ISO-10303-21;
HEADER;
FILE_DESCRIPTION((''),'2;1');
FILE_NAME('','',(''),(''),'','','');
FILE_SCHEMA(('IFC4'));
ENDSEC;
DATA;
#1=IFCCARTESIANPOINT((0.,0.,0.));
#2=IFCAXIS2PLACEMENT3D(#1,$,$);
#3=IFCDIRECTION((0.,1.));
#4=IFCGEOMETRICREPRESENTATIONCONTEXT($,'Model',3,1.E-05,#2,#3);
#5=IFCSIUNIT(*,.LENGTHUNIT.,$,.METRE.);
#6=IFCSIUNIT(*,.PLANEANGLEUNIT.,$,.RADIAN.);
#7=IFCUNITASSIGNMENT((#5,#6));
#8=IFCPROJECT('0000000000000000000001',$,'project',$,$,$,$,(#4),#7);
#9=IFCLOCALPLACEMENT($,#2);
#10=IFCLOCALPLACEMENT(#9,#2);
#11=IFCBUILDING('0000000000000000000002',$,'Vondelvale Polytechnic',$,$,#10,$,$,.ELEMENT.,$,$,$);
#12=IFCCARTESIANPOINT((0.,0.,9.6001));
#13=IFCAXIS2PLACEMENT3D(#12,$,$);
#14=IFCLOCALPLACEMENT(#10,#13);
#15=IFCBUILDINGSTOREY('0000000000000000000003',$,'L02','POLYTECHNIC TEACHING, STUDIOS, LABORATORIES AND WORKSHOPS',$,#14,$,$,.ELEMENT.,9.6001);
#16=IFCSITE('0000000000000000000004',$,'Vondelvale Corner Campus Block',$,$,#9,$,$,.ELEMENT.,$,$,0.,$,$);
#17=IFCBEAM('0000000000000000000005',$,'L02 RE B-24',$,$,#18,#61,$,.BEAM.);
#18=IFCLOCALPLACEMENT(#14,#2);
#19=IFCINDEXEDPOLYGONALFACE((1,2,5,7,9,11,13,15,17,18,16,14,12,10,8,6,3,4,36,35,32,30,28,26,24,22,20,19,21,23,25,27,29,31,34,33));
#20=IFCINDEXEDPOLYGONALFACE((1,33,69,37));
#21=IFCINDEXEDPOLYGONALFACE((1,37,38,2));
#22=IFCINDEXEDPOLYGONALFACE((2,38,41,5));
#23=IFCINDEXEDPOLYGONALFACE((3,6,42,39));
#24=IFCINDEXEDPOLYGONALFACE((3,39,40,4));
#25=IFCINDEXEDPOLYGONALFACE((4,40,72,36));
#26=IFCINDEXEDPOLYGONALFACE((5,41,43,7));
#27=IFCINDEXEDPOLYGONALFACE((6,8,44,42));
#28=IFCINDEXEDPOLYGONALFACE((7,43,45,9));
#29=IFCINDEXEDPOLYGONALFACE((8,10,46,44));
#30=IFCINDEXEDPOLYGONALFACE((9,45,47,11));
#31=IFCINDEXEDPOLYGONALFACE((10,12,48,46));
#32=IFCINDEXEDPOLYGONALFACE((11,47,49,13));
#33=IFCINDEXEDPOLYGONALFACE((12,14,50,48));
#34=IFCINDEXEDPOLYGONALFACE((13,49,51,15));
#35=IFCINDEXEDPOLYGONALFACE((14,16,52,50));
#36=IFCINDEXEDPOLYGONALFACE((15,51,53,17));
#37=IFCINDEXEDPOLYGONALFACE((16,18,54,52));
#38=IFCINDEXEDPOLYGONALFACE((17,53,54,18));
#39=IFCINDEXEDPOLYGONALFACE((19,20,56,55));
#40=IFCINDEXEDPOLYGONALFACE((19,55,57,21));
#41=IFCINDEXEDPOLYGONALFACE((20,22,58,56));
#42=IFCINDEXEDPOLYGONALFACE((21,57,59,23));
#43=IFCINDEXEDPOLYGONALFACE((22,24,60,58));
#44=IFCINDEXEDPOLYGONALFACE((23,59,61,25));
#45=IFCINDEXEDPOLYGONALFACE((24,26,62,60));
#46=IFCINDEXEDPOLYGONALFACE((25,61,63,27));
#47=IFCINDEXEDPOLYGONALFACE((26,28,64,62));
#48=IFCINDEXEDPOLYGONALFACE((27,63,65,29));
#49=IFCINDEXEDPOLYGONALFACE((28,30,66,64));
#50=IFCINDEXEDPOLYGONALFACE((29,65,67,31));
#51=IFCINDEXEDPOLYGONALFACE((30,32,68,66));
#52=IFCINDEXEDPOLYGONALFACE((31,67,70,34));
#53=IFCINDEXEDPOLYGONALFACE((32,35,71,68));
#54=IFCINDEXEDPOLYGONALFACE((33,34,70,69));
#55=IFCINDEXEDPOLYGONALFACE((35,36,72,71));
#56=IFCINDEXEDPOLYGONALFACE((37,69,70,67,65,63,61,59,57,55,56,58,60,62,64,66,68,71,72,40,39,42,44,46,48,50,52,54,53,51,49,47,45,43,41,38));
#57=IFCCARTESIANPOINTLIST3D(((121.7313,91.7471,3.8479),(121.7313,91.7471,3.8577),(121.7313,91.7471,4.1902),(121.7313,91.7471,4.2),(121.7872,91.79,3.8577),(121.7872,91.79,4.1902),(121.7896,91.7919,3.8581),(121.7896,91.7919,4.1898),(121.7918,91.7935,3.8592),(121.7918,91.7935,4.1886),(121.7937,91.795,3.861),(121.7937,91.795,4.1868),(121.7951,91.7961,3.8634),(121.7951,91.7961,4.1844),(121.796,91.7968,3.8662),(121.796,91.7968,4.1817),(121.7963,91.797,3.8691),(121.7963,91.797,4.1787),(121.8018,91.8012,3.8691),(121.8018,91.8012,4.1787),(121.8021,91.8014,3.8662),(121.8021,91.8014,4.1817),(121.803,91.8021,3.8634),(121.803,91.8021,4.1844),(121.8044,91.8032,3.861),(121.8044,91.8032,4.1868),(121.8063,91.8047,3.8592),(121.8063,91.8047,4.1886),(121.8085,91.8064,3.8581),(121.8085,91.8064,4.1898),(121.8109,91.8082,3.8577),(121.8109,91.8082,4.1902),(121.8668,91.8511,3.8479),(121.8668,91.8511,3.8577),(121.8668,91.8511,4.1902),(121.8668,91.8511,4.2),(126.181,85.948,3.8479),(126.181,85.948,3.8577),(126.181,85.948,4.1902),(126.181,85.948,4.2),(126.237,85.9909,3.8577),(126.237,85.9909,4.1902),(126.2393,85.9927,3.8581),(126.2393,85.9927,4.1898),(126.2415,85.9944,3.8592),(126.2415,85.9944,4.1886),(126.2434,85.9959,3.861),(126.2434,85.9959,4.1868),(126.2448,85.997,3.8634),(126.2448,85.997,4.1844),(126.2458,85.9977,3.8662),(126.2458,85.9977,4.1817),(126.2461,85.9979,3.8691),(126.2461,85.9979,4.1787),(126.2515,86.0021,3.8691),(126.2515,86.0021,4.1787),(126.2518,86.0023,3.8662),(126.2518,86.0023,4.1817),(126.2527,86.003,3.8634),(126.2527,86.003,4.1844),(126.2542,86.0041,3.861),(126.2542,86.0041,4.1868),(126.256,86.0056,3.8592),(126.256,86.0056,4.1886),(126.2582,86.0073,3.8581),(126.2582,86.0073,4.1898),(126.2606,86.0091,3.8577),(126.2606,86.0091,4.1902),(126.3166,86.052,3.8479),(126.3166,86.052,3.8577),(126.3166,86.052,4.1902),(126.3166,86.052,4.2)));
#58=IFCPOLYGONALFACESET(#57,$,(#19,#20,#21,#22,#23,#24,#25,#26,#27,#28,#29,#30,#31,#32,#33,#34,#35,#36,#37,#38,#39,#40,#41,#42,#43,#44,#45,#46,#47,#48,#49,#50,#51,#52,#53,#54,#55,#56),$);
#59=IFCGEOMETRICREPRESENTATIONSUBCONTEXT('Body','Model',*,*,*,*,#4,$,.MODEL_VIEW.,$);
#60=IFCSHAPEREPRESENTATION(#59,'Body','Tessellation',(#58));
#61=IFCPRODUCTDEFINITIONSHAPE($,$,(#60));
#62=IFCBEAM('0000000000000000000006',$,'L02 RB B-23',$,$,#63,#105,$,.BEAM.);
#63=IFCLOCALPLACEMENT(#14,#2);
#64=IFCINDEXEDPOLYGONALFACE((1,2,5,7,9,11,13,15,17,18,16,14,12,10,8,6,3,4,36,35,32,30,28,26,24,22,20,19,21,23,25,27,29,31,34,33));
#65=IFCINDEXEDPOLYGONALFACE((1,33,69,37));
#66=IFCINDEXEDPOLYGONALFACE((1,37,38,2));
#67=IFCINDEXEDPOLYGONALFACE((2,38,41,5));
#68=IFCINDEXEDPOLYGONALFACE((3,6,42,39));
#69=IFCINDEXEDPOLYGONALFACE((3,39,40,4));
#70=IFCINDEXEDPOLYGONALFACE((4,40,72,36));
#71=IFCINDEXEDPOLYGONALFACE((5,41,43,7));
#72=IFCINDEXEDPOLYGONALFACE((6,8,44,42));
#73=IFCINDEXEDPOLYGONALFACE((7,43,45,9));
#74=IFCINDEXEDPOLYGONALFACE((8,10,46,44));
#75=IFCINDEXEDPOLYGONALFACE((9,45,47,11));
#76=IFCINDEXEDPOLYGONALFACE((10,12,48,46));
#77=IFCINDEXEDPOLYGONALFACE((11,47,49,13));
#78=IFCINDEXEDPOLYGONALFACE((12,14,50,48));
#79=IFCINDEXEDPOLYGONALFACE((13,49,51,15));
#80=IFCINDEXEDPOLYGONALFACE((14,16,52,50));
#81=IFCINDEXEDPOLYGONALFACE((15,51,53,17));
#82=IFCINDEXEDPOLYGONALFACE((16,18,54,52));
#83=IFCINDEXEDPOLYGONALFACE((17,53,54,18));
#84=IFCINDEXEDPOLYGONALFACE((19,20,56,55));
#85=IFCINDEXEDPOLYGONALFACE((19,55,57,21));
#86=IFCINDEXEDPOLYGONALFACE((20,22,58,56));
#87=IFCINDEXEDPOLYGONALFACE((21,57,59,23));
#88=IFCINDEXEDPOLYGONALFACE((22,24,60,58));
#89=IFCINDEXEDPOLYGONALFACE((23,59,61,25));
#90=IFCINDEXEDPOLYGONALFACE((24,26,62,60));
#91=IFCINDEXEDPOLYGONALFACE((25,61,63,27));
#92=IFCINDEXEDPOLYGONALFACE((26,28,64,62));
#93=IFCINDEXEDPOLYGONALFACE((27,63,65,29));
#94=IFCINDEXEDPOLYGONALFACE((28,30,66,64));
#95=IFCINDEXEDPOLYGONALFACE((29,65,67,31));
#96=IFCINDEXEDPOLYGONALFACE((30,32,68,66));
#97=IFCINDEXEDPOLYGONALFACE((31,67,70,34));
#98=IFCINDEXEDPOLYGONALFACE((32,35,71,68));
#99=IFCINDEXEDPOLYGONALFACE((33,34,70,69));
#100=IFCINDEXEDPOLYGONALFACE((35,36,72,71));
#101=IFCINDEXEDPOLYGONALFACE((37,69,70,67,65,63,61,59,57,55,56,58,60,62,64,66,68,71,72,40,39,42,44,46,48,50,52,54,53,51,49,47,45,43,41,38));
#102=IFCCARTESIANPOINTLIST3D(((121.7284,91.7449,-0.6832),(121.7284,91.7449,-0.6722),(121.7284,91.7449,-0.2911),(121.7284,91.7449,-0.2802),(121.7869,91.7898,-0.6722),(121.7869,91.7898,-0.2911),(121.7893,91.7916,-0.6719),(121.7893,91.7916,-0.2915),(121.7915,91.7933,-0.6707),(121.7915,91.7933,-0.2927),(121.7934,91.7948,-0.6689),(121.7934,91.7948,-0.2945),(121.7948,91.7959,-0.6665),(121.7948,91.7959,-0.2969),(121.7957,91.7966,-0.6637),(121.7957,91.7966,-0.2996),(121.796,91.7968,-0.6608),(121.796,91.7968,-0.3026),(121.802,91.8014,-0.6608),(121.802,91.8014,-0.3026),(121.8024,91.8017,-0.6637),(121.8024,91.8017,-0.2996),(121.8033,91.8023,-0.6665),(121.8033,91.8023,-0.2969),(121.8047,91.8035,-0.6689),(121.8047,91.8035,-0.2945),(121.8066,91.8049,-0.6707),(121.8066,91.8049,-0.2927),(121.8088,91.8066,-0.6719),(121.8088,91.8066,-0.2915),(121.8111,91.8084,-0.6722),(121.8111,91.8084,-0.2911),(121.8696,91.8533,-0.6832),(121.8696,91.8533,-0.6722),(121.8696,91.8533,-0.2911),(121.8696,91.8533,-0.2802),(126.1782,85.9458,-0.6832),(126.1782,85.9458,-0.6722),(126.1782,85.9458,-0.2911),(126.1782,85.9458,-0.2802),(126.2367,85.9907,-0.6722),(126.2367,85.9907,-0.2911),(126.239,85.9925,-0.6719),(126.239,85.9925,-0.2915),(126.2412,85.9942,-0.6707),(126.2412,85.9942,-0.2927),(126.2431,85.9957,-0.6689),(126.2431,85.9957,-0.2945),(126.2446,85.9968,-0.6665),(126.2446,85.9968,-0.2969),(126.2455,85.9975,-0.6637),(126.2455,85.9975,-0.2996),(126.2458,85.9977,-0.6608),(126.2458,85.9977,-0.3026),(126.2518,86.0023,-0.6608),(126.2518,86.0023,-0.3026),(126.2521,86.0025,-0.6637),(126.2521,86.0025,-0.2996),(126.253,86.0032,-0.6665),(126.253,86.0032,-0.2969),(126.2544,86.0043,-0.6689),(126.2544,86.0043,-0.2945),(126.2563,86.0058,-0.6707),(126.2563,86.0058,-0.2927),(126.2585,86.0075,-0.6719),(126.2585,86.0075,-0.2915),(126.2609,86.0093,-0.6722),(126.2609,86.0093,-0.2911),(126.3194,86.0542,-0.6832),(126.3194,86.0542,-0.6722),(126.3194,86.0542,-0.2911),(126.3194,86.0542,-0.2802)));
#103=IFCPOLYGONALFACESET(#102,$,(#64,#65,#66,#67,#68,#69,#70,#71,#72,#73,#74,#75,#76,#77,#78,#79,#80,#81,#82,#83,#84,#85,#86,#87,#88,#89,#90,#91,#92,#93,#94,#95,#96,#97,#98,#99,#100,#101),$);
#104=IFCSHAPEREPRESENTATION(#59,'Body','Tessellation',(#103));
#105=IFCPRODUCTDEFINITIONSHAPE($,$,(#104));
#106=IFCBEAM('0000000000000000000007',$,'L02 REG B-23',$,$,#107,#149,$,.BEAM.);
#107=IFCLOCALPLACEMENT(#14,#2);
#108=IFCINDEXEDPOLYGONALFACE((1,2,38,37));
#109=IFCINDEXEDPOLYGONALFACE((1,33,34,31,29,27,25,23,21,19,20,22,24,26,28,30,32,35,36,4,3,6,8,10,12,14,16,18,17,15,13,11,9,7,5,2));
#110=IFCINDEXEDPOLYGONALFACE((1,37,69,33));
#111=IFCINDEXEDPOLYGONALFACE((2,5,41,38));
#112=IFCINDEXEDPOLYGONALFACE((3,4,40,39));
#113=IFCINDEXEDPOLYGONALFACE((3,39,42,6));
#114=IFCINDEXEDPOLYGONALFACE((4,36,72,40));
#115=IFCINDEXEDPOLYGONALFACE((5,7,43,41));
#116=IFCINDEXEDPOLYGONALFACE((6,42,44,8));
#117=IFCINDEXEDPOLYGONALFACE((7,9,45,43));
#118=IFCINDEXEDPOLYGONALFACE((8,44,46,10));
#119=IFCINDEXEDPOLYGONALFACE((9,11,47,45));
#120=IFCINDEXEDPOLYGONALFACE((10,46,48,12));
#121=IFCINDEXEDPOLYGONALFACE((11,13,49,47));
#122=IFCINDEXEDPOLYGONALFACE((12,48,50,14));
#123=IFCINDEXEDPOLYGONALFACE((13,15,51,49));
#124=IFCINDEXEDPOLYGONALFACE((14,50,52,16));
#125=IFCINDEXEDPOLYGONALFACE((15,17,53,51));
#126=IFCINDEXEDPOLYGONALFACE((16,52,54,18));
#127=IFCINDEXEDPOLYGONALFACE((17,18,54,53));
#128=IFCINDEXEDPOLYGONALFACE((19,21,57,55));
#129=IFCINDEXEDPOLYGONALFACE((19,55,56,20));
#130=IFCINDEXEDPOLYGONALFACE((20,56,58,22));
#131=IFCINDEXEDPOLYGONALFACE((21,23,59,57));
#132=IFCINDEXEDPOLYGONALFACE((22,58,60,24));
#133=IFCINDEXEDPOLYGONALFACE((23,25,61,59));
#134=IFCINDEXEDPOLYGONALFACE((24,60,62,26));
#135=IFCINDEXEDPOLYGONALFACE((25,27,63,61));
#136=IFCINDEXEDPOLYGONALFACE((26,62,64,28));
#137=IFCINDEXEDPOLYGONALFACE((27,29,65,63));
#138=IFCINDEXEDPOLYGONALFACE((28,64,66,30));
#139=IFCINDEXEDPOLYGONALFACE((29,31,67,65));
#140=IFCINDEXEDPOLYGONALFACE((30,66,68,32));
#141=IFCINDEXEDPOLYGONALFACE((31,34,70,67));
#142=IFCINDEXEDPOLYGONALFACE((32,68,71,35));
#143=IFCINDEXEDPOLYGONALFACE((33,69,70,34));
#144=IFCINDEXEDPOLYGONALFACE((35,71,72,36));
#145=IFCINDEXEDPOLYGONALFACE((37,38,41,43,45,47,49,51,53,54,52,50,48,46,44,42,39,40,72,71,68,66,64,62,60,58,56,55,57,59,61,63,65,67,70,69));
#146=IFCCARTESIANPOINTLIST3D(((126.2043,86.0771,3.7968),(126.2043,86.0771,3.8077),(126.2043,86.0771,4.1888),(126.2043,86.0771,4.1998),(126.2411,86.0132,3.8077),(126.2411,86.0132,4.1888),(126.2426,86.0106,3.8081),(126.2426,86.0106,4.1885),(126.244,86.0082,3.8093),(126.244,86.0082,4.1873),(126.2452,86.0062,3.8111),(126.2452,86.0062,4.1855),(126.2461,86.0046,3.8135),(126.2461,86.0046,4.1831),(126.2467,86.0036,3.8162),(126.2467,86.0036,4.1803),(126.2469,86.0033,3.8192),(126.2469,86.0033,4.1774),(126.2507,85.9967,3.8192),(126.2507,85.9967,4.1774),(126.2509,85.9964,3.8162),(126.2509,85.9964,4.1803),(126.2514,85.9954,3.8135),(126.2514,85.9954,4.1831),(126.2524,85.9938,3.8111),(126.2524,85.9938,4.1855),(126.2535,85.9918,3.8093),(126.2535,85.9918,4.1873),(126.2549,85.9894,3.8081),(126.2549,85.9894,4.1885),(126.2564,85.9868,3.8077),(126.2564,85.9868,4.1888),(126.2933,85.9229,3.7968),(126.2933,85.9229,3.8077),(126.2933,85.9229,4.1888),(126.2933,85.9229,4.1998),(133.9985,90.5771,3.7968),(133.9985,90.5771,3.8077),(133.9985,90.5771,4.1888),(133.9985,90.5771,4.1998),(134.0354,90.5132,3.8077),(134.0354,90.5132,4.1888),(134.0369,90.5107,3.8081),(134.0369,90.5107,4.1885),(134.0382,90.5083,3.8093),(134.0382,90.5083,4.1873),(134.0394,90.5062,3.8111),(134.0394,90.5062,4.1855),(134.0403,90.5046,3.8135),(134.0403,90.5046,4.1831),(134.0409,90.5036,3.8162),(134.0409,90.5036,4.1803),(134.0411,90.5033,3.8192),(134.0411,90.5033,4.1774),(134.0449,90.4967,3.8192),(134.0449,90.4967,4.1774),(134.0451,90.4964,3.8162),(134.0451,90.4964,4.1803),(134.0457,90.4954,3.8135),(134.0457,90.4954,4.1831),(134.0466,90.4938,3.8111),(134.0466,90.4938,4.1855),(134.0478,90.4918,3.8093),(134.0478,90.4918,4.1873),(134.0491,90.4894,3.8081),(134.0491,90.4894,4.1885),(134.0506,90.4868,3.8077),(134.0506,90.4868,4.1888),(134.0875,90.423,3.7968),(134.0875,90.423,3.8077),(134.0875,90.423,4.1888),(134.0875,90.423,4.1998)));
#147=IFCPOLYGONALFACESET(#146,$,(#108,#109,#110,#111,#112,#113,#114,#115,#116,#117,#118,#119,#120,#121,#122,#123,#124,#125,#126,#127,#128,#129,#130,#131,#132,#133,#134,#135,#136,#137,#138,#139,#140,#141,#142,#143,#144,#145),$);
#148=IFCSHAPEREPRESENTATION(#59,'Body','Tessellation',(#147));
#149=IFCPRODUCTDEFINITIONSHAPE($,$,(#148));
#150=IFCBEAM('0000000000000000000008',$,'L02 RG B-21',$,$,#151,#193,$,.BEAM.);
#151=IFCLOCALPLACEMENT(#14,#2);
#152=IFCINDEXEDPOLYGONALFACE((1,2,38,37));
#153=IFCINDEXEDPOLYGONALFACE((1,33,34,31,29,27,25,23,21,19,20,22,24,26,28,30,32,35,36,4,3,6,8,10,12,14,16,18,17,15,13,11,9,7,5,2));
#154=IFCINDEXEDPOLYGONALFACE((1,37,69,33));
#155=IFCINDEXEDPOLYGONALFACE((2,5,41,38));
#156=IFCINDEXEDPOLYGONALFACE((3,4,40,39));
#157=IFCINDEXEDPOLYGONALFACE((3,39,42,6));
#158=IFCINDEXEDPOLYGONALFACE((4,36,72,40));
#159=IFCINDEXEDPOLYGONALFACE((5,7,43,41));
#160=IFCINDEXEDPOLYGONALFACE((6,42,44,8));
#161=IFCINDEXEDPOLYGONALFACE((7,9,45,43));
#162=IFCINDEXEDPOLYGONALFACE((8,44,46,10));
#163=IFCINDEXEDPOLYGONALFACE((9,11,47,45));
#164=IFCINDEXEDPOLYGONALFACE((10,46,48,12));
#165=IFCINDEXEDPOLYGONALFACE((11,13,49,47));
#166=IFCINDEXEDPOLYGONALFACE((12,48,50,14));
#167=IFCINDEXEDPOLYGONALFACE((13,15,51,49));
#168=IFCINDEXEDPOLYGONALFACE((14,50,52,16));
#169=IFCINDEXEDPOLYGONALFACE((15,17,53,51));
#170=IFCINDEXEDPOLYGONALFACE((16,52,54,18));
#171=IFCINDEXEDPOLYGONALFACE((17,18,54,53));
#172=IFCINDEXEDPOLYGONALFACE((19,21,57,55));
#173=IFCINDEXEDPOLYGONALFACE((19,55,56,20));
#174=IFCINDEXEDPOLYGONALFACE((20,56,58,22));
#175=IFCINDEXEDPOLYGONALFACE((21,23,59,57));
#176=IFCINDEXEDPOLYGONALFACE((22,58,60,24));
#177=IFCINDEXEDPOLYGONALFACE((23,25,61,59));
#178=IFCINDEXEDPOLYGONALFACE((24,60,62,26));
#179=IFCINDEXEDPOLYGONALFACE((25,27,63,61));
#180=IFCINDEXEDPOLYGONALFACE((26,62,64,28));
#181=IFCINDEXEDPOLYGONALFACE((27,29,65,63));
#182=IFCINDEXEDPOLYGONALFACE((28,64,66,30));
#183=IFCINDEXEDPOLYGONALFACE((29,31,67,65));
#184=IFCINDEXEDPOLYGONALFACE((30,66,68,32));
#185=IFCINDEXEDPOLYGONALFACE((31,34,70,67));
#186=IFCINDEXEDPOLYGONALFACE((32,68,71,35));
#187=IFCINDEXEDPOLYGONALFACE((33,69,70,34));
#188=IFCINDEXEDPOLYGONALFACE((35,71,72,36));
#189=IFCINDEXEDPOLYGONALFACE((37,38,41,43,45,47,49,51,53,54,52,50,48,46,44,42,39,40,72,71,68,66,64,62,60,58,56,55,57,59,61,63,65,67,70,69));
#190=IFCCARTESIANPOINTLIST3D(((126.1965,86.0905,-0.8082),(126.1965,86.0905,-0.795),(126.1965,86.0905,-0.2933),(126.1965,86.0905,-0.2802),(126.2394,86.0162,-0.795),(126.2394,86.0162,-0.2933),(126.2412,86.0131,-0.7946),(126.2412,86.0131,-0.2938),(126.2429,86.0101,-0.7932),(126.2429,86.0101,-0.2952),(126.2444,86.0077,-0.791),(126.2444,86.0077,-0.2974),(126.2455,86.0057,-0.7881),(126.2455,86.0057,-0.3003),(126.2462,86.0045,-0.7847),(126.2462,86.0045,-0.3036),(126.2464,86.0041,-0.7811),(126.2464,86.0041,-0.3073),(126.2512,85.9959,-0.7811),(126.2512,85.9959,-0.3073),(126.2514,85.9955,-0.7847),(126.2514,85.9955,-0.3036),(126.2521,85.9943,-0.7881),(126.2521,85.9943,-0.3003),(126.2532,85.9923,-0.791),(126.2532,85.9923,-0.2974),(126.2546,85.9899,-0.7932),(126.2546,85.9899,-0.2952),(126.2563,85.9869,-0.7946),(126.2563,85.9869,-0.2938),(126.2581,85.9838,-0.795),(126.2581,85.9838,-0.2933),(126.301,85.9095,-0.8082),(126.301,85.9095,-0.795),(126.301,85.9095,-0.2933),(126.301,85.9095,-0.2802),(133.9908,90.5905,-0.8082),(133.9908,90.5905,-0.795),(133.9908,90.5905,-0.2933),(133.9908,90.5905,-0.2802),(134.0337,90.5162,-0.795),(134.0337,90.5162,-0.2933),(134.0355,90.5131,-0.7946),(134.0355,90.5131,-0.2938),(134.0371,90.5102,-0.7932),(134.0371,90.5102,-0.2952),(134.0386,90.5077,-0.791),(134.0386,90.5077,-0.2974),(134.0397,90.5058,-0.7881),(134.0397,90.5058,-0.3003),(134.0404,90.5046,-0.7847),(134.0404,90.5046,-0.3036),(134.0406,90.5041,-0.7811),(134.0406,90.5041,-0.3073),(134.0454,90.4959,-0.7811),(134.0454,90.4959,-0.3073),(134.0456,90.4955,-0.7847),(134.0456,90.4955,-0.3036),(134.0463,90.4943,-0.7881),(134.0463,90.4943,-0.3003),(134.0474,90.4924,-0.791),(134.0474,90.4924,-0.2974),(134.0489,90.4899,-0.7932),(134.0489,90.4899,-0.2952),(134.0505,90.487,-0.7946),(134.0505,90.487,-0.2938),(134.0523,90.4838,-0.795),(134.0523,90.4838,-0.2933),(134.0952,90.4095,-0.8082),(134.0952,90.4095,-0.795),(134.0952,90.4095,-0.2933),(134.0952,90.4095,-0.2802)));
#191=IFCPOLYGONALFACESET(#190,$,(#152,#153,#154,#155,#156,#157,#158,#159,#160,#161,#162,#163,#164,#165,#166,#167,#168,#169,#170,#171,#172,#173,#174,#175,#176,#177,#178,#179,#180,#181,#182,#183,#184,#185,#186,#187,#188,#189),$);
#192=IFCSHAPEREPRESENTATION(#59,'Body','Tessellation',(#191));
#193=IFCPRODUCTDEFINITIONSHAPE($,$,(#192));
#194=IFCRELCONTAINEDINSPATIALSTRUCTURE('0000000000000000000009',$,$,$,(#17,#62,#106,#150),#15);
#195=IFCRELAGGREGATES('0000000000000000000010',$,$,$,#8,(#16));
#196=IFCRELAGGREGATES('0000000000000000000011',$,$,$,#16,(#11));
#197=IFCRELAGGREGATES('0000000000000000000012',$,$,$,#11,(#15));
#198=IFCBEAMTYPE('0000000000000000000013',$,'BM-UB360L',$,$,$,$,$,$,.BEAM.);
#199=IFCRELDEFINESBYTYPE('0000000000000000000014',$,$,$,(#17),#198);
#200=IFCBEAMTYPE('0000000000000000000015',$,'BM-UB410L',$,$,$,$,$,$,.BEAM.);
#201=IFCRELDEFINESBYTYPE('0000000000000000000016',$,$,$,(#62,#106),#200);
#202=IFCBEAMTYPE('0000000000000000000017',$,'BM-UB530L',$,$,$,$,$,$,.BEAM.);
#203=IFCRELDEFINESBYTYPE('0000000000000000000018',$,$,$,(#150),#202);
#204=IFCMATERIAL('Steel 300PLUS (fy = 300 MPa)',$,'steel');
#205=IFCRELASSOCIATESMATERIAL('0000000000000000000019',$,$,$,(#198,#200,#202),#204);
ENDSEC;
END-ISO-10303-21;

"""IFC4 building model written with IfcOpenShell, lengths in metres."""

from ifc_helpers import new_model, si_unit, direction, frame, origin, origin_2d, place, context, subcontext, project, spatial, i_section, extrude, material, material_profile, profile_set, type_object, element, save


model = new_model("IFC4")

# Units and contexts
model_context = context("Model", 3, precision=1e-05, world=origin(), true_north=direction((0.0, 1.0)))
body_context = subcontext(model_context, "Body", "Model", "MODEL_VIEW")
ifc_project = project(units=[si_unit("LENGTHUNIT", "METRE"), si_unit("PLANEANGLEUNIT", "RADIAN")], contexts=[model_context])

# Site, building, storey
site_placement = place(None, origin())
site = spatial("IfcSite", under=ifc_project, at=site_placement, Name="Vondelvale Corner Campus Block", CompositionType="ELEMENT", RefElevation=0.0)
building_placement = place(site_placement, origin())
building = spatial("IfcBuilding", under=site, at=building_placement, Name="Vondelvale Polytechnic", CompositionType="ELEMENT")
storey_placement = place(building_placement, frame((0.0, 0.0, 9.6001)))
storey = spatial("IfcBuildingStorey", under=building, at=storey_placement, Name="L02", Description="POLYTECHNIC TEACHING, STUDIOS, LABORATORIES AND WORKSHOPS", CompositionType="ELEMENT", Elevation=9.6001)

# Beams
ifc_material_1 = material(Name="Steel 300PLUS (fy = 300 MPa)", Category="steel")
ifc_material_profile_1 = material_profile(ifc_material_1, i_section(OverallWidth=0.1709, OverallDepth=0.3521, WebThickness=0.0068, FlangeThickness=0.0098, FilletRadius=0.0115, at=origin_2d()), Name="360UB44.7")
ifc_profile_set_1 = profile_set([ifc_material_profile_1], Name="Steel 300PLUS (fy = 300 MPa)")
beam_type_1 = type_object("IfcBeamType", Name="BM-UB360L", PredefinedType="BEAM", material=ifc_profile_set_1)
beam_1_placement = place(storey_placement, frame((126.2488, 86.0, 4.0239), z_axis=(-0.608755, 0.793358, 0.0), x_axis=(-0.793358, -0.608755, 0.0)))
element("IfcBeam", 1, at=beam_1_placement, inside=storey, type_object=beam_type_1, Name="L02 RE B-24", PredefinedType="BEAM", context=body_context, shape_type="SweptSolid", body=[
    extrude(i_section(OverallWidth=0.1709, OverallDepth=0.3521, WebThickness=0.0068, FlangeThickness=0.0098, FilletRadius=0.0115, at=origin_2d()), origin(), (0.0, 0.0, 1.0), 7.3096),
])
ifc_material_profile_2 = material_profile(ifc_material_1, i_section(OverallWidth=0.178, OverallDepth=0.4031, WebThickness=0.0076, FlangeThickness=0.011, FilletRadius=0.0115, at=origin_2d()), Name="410UB53.7")
ifc_profile_set_2 = profile_set([ifc_material_profile_2], Name="Steel 300PLUS (fy = 300 MPa)")
beam_type_2 = type_object("IfcBeamType", Name="BM-UB410L", PredefinedType="BEAM", material=ifc_profile_set_2)
beam_2_placement = place(storey_placement, frame((126.2488, 86.0, -0.4817), z_axis=(-0.608755, 0.793358, 0.0), x_axis=(-0.793358, -0.608755, 0.0)))
element("IfcBeam", 2, at=beam_2_placement, inside=storey, type_object=beam_type_2, Name="L02 RB B-23", PredefinedType="BEAM", context=body_context, shape_type="SweptSolid", body=[
    extrude(i_section(OverallWidth=0.178, OverallDepth=0.4031, WebThickness=0.0076, FlangeThickness=0.011, FilletRadius=0.0115, at=origin_2d()), origin(), (0.0, 0.0, 1.0), 7.3096),
])
beam_3_placement = place(storey_placement, frame((126.2488, 86.0, 3.9983), z_axis=(0.866024, 0.500002, 0.0), x_axis=(-0.500002, 0.866024, 0.0)))
element("IfcBeam", 3, at=beam_3_placement, inside=storey, type_object=beam_type_2, Name="L02 REG B-23", PredefinedType="BEAM", context=body_context, shape_type="SweptSolid", body=[
    extrude(i_section(OverallWidth=0.178, OverallDepth=0.4031, WebThickness=0.0076, FlangeThickness=0.011, FilletRadius=0.0115, at=origin_2d()), origin(), (0.0, 0.0, 1.0), 9.0),
])
ifc_material_profile_3 = material_profile(ifc_material_1, i_section(OverallWidth=0.209, OverallDepth=0.5281, WebThickness=0.0095, FlangeThickness=0.0132, FilletRadius=0.0139, at=origin_2d()), Name="530UB82.0")
ifc_profile_set_3 = profile_set([ifc_material_profile_3], Name="Steel 300PLUS (fy = 300 MPa)")
beam_type_3 = type_object("IfcBeamType", Name="BM-UB530L", PredefinedType="BEAM", material=ifc_profile_set_3)
beam_4_placement = place(storey_placement, frame((126.2488, 86.0, -0.5442), z_axis=(0.866024, 0.500002, 0.0), x_axis=(-0.500002, 0.866024, 0.0)))
element("IfcBeam", 4, at=beam_4_placement, inside=storey, type_object=beam_type_3, Name="L02 RG B-21", PredefinedType="BEAM", context=body_context, shape_type="SweptSolid", body=[
    extrude(i_section(OverallWidth=0.209, OverallDepth=0.5281, WebThickness=0.0095, FlangeThickness=0.0132, FilletRadius=0.0139, at=origin_2d()), origin(), (0.0, 0.0, 1.0), 9.0),
])

save(model, "model.ifc")
